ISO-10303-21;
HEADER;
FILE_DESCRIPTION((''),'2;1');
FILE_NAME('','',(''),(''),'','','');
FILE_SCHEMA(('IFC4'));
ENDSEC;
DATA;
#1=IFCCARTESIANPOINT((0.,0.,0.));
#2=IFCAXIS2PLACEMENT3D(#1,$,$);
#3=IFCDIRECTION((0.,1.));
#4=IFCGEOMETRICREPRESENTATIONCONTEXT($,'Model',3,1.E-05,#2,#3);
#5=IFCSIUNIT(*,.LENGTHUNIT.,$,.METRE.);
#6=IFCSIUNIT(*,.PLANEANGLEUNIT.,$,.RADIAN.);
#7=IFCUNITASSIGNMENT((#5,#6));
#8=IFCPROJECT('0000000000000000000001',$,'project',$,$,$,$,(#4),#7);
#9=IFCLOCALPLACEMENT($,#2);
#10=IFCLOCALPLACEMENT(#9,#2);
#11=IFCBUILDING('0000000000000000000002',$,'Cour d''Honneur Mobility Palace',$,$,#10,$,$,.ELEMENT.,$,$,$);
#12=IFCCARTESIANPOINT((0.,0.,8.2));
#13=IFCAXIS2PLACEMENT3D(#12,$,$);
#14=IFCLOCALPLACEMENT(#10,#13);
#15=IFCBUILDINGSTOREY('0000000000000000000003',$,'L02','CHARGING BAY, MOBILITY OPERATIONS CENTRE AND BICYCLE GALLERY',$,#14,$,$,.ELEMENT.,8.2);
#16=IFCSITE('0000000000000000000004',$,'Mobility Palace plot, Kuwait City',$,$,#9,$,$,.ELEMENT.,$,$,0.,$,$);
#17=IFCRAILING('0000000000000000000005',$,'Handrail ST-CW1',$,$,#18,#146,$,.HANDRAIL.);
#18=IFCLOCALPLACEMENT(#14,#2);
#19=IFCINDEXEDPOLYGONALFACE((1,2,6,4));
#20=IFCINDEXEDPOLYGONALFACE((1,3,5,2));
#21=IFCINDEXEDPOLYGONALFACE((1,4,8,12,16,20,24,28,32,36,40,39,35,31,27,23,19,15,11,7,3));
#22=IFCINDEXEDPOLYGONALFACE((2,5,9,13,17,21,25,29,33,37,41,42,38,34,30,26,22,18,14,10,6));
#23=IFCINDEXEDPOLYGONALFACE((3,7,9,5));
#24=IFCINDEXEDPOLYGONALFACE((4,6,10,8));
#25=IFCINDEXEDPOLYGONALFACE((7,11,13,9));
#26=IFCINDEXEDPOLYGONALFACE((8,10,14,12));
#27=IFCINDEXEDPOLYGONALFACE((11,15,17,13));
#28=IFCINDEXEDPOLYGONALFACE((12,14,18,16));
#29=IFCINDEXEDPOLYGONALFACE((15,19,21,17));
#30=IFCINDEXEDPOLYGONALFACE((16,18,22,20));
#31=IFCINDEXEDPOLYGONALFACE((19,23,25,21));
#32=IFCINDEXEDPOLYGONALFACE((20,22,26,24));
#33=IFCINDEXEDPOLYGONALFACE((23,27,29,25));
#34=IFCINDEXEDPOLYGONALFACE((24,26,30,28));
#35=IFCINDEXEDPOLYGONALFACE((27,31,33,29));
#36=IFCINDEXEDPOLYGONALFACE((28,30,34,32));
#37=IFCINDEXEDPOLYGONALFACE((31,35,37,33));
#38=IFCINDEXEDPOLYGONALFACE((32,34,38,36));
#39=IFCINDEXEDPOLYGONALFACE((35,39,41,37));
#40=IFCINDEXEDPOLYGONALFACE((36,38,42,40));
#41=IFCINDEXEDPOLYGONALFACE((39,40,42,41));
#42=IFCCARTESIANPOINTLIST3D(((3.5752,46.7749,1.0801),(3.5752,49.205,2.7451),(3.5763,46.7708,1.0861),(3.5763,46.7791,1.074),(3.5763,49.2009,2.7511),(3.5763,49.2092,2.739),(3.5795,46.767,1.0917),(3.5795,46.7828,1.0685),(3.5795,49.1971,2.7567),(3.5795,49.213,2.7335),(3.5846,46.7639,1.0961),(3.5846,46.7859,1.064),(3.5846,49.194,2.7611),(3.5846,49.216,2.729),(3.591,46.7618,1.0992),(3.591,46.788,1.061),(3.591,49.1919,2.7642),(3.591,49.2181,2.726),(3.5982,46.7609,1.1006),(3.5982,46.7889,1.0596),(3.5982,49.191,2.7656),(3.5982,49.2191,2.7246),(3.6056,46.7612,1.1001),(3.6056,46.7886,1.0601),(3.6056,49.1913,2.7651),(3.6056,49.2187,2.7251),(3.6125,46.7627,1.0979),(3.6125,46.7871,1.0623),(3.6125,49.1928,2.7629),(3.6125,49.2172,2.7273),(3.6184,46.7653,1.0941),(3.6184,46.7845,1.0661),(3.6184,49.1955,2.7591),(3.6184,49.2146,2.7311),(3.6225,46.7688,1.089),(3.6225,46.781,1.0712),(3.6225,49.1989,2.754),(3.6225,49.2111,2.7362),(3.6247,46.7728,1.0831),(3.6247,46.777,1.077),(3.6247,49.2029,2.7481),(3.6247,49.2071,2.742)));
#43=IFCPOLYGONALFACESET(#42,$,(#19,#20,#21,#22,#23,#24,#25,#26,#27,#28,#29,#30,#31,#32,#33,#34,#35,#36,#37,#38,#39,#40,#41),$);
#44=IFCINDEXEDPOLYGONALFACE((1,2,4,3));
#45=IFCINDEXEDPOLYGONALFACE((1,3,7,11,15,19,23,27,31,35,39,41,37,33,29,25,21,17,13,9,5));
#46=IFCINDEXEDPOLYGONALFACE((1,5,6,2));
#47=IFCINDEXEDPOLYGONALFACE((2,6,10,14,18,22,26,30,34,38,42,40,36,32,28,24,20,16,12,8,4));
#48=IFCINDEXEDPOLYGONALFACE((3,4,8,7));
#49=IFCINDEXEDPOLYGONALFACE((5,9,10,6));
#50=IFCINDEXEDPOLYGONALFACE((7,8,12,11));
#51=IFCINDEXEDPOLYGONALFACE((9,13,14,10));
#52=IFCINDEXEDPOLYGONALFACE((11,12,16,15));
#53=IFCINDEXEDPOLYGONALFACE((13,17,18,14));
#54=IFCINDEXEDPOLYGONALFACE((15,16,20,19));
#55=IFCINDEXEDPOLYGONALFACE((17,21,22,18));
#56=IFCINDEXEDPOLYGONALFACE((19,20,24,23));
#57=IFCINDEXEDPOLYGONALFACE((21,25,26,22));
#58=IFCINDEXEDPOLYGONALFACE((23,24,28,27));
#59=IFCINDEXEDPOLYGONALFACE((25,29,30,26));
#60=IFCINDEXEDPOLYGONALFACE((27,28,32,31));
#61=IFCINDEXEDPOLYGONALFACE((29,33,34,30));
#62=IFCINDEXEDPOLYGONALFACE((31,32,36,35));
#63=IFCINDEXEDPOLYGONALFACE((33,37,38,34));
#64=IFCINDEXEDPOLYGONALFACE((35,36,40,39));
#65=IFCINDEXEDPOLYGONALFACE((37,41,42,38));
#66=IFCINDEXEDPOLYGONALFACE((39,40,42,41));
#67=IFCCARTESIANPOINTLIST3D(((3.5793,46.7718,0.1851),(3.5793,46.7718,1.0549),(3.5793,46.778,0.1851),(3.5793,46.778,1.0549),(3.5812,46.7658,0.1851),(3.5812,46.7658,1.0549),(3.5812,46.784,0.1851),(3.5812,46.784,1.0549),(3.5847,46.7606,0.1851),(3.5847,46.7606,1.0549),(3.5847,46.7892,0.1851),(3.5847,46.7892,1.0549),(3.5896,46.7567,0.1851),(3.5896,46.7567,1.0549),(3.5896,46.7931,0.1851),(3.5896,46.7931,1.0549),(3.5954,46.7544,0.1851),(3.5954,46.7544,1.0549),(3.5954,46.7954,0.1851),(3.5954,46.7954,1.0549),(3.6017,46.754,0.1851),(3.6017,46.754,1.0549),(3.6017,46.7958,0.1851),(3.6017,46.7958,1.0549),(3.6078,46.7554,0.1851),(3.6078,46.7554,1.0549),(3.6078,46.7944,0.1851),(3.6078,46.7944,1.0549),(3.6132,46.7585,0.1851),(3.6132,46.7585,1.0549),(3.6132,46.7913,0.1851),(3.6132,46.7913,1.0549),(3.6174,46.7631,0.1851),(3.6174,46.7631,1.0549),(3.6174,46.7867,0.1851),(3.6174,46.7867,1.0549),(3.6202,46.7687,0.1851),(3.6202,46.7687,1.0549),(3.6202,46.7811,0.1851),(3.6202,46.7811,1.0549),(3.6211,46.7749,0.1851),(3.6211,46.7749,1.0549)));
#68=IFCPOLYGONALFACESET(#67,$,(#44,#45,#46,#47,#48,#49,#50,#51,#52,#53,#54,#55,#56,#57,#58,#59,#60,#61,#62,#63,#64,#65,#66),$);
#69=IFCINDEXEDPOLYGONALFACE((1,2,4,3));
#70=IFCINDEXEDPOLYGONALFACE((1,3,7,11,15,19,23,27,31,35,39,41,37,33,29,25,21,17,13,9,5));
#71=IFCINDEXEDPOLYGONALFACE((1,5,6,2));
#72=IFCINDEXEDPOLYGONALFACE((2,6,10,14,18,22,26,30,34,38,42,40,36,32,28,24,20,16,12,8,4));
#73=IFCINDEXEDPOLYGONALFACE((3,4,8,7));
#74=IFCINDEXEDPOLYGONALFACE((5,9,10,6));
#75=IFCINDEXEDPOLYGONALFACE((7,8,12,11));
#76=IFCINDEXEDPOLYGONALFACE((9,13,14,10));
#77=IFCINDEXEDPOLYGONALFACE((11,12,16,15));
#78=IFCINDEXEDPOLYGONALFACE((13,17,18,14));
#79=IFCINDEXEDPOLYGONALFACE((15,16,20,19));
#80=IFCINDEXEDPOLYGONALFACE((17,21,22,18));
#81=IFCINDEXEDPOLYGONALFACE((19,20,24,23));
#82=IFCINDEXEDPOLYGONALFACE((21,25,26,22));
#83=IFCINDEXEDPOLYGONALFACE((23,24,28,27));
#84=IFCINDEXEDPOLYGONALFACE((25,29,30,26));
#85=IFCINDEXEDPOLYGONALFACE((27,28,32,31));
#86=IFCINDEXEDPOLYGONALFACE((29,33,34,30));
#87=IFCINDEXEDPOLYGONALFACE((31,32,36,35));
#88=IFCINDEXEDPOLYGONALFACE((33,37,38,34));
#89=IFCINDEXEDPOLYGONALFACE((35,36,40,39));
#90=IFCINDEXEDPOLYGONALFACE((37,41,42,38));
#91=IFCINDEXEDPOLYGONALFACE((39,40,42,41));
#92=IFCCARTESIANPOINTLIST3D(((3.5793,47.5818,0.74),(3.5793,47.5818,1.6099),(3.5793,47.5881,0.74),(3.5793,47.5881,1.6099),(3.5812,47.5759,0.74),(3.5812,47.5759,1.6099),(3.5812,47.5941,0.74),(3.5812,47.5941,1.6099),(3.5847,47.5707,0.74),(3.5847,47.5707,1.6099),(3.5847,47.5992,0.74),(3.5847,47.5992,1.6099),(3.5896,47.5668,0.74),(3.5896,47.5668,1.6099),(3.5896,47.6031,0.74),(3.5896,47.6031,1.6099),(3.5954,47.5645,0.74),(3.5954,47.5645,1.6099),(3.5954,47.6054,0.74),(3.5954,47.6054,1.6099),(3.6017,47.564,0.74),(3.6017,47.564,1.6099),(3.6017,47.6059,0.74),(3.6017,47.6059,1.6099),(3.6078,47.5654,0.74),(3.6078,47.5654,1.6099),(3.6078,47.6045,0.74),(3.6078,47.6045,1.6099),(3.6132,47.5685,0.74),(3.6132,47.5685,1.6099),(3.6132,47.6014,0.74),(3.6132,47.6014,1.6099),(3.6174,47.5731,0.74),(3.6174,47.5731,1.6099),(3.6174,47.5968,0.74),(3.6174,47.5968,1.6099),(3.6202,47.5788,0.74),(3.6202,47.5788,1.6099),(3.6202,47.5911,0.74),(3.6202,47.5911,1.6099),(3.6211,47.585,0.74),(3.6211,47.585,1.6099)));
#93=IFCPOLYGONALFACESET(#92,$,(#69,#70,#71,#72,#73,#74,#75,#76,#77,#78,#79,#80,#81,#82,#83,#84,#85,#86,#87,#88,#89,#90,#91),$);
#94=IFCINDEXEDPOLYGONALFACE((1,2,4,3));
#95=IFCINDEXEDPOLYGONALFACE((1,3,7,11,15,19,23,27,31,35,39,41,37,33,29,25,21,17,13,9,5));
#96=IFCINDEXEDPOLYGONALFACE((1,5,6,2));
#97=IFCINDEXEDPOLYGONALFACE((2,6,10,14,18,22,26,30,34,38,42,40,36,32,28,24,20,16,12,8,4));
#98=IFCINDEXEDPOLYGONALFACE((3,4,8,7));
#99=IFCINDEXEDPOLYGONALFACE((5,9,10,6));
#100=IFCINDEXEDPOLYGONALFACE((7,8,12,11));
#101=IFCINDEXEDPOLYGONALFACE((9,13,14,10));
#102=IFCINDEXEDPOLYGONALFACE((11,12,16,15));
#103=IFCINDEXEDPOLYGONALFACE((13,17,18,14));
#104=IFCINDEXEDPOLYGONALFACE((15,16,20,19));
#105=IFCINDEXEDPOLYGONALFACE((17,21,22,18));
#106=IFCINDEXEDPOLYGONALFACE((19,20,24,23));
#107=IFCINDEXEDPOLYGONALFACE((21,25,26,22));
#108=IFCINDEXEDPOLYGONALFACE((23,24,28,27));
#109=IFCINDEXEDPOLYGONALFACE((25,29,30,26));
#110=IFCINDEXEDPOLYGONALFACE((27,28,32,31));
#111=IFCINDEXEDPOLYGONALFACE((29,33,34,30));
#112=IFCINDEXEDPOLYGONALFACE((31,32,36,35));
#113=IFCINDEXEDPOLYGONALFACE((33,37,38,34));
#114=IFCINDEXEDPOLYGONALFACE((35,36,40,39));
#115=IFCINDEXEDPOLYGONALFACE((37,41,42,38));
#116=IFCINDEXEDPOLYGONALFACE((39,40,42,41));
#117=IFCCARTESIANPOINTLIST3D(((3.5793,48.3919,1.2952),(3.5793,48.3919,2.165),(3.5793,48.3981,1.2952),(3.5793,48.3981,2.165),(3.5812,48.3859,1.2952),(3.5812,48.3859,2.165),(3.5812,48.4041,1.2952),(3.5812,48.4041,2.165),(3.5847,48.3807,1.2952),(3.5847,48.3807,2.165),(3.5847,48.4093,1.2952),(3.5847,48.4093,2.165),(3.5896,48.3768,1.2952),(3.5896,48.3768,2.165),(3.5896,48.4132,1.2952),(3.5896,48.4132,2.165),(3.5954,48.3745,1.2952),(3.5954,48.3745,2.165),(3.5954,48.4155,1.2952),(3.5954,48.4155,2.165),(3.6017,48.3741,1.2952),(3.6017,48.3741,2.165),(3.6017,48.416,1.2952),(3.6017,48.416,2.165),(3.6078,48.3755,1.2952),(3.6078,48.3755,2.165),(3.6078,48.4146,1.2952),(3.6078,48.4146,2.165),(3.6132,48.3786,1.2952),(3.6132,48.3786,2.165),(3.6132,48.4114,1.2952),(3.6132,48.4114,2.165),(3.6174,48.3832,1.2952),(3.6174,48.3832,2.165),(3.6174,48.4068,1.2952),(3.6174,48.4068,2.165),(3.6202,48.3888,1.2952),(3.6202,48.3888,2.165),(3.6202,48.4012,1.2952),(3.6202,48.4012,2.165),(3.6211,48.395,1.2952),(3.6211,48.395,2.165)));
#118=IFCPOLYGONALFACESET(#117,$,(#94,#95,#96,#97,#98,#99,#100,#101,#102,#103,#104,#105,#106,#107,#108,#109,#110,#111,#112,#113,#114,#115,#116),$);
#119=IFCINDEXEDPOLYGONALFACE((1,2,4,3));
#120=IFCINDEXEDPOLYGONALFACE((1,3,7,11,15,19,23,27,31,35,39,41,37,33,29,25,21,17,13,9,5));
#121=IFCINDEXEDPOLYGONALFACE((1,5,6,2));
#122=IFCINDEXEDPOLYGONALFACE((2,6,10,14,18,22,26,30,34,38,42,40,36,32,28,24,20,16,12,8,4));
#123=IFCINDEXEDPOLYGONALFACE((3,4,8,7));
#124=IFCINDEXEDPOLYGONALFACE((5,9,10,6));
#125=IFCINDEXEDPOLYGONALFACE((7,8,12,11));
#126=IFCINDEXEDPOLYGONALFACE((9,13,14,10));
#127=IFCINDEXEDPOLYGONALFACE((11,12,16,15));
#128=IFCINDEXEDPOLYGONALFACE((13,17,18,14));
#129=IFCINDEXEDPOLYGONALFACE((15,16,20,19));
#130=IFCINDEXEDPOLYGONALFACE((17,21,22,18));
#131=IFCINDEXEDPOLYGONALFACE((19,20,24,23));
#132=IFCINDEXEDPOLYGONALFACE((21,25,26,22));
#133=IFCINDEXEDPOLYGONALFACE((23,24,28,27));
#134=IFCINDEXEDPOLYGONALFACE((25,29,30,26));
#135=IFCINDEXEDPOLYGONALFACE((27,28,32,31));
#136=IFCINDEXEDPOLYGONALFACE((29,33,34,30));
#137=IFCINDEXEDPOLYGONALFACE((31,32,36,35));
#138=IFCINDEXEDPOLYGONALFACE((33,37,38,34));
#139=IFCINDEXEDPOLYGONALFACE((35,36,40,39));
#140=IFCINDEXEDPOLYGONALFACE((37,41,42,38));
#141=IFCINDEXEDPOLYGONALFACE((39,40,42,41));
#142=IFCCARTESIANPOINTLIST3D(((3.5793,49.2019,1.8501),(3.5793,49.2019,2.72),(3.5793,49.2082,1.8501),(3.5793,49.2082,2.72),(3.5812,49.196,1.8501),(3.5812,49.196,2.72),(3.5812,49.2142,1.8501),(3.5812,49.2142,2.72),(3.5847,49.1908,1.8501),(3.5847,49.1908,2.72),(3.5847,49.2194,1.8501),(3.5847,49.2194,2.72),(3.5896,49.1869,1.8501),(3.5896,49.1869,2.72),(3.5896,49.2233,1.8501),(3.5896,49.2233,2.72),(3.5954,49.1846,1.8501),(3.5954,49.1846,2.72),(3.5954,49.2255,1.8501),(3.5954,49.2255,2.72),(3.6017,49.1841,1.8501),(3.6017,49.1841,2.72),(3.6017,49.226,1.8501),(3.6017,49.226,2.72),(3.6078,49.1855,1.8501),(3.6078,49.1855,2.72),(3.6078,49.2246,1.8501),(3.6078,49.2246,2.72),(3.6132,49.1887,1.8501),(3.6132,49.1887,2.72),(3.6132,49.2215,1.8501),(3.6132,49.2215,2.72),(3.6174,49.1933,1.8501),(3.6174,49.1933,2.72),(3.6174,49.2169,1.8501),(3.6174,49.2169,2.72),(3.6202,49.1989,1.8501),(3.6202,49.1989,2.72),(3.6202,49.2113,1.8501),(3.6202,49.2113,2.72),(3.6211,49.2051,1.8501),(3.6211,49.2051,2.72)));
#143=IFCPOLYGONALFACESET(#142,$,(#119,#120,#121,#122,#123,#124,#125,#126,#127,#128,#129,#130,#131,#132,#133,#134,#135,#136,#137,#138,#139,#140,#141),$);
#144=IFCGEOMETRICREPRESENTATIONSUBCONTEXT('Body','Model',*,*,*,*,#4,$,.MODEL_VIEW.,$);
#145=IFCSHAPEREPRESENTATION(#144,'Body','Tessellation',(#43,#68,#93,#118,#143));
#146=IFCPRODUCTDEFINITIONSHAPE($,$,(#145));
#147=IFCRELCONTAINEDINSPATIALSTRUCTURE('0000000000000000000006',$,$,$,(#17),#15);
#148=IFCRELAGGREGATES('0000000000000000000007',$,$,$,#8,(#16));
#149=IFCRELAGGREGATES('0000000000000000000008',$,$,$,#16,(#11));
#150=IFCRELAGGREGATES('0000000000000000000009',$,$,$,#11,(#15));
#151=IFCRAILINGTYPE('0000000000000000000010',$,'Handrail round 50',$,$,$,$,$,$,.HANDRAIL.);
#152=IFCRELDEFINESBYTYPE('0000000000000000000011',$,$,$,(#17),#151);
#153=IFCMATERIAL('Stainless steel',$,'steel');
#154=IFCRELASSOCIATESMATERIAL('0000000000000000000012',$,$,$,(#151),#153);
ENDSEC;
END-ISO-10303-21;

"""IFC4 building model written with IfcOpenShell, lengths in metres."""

from ifc_helpers import new_model, si_unit, direction, frame, origin, origin_2d, place, context, subcontext, project, spatial, circle, extrude, material, type_object, element, save


model = new_model("IFC4")

# Units and contexts
model_context = context("Model", 3, precision=1e-05, world=origin(), true_north=direction((0.0, 1.0)))
body_context = subcontext(model_context, "Body", "Model", "MODEL_VIEW")
ifc_project = project(units=[si_unit("LENGTHUNIT", "METRE"), si_unit("PLANEANGLEUNIT", "RADIAN")], contexts=[model_context])

# Site, building, storey
site_placement = place(None, origin())
site = spatial("IfcSite", under=ifc_project, at=site_placement, Name="Mobility Palace plot, Kuwait City", CompositionType="ELEMENT", RefElevation=0.0)
building_placement = place(site_placement, origin())
building = spatial("IfcBuilding", under=site, at=building_placement, Name="Cour d'Honneur Mobility Palace", CompositionType="ELEMENT")
storey_placement = place(building_placement, frame((0.0, 0.0, 8.2)))
storey = spatial("IfcBuildingStorey", under=building, at=storey_placement, Name="L02", Description="CHARGING BAY, MOBILITY OPERATIONS CENTRE AND BICYCLE GALLERY", CompositionType="ELEMENT", Elevation=8.2)

# Railing
ifc_material_1 = material(Name="Stainless steel", Category="steel")
railing_type_1 = type_object("IfcRailingType", Name="Handrail round 50", PredefinedType="HANDRAIL", material=ifc_material_1)
railing_1_placement = place(storey_placement, frame((3.6001, 46.7749, 0.1851)))
element("IfcRailing", 1, at=railing_1_placement, inside=storey, type_object=railing_type_1, Name="Handrail ST-CW1", PredefinedType="HANDRAIL", context=body_context, shape_type="SweptSolid", body=[
    extrude(circle(Radius=0.0249, at=origin_2d()), frame((0.0, 0.0, 0.895), z_axis=(0.0, 0.824945, 0.565213), x_axis=(-1.0, 0.0, 0.0)), (0.0, 0.0, 1.0), 2.9458),
    extrude(circle(Radius=0.021, at=origin_2d()), origin(), (0.0, 0.0, 1.0), 0.8699),
    extrude(circle(Radius=0.021, at=origin_2d()), frame((0.0, 0.8101, 0.5549)), (0.0, 0.0, 1.0), 0.8699),
    extrude(circle(Radius=0.021, at=origin_2d()), frame((0.0, 1.6201, 1.1101)), (0.0, 0.0, 1.0), 0.8699),
    extrude(circle(Radius=0.021, at=origin_2d()), frame((0.0, 2.4302, 1.665)), (0.0, 0.0, 1.0), 0.8699),
])

save(model, "model.ifc")
